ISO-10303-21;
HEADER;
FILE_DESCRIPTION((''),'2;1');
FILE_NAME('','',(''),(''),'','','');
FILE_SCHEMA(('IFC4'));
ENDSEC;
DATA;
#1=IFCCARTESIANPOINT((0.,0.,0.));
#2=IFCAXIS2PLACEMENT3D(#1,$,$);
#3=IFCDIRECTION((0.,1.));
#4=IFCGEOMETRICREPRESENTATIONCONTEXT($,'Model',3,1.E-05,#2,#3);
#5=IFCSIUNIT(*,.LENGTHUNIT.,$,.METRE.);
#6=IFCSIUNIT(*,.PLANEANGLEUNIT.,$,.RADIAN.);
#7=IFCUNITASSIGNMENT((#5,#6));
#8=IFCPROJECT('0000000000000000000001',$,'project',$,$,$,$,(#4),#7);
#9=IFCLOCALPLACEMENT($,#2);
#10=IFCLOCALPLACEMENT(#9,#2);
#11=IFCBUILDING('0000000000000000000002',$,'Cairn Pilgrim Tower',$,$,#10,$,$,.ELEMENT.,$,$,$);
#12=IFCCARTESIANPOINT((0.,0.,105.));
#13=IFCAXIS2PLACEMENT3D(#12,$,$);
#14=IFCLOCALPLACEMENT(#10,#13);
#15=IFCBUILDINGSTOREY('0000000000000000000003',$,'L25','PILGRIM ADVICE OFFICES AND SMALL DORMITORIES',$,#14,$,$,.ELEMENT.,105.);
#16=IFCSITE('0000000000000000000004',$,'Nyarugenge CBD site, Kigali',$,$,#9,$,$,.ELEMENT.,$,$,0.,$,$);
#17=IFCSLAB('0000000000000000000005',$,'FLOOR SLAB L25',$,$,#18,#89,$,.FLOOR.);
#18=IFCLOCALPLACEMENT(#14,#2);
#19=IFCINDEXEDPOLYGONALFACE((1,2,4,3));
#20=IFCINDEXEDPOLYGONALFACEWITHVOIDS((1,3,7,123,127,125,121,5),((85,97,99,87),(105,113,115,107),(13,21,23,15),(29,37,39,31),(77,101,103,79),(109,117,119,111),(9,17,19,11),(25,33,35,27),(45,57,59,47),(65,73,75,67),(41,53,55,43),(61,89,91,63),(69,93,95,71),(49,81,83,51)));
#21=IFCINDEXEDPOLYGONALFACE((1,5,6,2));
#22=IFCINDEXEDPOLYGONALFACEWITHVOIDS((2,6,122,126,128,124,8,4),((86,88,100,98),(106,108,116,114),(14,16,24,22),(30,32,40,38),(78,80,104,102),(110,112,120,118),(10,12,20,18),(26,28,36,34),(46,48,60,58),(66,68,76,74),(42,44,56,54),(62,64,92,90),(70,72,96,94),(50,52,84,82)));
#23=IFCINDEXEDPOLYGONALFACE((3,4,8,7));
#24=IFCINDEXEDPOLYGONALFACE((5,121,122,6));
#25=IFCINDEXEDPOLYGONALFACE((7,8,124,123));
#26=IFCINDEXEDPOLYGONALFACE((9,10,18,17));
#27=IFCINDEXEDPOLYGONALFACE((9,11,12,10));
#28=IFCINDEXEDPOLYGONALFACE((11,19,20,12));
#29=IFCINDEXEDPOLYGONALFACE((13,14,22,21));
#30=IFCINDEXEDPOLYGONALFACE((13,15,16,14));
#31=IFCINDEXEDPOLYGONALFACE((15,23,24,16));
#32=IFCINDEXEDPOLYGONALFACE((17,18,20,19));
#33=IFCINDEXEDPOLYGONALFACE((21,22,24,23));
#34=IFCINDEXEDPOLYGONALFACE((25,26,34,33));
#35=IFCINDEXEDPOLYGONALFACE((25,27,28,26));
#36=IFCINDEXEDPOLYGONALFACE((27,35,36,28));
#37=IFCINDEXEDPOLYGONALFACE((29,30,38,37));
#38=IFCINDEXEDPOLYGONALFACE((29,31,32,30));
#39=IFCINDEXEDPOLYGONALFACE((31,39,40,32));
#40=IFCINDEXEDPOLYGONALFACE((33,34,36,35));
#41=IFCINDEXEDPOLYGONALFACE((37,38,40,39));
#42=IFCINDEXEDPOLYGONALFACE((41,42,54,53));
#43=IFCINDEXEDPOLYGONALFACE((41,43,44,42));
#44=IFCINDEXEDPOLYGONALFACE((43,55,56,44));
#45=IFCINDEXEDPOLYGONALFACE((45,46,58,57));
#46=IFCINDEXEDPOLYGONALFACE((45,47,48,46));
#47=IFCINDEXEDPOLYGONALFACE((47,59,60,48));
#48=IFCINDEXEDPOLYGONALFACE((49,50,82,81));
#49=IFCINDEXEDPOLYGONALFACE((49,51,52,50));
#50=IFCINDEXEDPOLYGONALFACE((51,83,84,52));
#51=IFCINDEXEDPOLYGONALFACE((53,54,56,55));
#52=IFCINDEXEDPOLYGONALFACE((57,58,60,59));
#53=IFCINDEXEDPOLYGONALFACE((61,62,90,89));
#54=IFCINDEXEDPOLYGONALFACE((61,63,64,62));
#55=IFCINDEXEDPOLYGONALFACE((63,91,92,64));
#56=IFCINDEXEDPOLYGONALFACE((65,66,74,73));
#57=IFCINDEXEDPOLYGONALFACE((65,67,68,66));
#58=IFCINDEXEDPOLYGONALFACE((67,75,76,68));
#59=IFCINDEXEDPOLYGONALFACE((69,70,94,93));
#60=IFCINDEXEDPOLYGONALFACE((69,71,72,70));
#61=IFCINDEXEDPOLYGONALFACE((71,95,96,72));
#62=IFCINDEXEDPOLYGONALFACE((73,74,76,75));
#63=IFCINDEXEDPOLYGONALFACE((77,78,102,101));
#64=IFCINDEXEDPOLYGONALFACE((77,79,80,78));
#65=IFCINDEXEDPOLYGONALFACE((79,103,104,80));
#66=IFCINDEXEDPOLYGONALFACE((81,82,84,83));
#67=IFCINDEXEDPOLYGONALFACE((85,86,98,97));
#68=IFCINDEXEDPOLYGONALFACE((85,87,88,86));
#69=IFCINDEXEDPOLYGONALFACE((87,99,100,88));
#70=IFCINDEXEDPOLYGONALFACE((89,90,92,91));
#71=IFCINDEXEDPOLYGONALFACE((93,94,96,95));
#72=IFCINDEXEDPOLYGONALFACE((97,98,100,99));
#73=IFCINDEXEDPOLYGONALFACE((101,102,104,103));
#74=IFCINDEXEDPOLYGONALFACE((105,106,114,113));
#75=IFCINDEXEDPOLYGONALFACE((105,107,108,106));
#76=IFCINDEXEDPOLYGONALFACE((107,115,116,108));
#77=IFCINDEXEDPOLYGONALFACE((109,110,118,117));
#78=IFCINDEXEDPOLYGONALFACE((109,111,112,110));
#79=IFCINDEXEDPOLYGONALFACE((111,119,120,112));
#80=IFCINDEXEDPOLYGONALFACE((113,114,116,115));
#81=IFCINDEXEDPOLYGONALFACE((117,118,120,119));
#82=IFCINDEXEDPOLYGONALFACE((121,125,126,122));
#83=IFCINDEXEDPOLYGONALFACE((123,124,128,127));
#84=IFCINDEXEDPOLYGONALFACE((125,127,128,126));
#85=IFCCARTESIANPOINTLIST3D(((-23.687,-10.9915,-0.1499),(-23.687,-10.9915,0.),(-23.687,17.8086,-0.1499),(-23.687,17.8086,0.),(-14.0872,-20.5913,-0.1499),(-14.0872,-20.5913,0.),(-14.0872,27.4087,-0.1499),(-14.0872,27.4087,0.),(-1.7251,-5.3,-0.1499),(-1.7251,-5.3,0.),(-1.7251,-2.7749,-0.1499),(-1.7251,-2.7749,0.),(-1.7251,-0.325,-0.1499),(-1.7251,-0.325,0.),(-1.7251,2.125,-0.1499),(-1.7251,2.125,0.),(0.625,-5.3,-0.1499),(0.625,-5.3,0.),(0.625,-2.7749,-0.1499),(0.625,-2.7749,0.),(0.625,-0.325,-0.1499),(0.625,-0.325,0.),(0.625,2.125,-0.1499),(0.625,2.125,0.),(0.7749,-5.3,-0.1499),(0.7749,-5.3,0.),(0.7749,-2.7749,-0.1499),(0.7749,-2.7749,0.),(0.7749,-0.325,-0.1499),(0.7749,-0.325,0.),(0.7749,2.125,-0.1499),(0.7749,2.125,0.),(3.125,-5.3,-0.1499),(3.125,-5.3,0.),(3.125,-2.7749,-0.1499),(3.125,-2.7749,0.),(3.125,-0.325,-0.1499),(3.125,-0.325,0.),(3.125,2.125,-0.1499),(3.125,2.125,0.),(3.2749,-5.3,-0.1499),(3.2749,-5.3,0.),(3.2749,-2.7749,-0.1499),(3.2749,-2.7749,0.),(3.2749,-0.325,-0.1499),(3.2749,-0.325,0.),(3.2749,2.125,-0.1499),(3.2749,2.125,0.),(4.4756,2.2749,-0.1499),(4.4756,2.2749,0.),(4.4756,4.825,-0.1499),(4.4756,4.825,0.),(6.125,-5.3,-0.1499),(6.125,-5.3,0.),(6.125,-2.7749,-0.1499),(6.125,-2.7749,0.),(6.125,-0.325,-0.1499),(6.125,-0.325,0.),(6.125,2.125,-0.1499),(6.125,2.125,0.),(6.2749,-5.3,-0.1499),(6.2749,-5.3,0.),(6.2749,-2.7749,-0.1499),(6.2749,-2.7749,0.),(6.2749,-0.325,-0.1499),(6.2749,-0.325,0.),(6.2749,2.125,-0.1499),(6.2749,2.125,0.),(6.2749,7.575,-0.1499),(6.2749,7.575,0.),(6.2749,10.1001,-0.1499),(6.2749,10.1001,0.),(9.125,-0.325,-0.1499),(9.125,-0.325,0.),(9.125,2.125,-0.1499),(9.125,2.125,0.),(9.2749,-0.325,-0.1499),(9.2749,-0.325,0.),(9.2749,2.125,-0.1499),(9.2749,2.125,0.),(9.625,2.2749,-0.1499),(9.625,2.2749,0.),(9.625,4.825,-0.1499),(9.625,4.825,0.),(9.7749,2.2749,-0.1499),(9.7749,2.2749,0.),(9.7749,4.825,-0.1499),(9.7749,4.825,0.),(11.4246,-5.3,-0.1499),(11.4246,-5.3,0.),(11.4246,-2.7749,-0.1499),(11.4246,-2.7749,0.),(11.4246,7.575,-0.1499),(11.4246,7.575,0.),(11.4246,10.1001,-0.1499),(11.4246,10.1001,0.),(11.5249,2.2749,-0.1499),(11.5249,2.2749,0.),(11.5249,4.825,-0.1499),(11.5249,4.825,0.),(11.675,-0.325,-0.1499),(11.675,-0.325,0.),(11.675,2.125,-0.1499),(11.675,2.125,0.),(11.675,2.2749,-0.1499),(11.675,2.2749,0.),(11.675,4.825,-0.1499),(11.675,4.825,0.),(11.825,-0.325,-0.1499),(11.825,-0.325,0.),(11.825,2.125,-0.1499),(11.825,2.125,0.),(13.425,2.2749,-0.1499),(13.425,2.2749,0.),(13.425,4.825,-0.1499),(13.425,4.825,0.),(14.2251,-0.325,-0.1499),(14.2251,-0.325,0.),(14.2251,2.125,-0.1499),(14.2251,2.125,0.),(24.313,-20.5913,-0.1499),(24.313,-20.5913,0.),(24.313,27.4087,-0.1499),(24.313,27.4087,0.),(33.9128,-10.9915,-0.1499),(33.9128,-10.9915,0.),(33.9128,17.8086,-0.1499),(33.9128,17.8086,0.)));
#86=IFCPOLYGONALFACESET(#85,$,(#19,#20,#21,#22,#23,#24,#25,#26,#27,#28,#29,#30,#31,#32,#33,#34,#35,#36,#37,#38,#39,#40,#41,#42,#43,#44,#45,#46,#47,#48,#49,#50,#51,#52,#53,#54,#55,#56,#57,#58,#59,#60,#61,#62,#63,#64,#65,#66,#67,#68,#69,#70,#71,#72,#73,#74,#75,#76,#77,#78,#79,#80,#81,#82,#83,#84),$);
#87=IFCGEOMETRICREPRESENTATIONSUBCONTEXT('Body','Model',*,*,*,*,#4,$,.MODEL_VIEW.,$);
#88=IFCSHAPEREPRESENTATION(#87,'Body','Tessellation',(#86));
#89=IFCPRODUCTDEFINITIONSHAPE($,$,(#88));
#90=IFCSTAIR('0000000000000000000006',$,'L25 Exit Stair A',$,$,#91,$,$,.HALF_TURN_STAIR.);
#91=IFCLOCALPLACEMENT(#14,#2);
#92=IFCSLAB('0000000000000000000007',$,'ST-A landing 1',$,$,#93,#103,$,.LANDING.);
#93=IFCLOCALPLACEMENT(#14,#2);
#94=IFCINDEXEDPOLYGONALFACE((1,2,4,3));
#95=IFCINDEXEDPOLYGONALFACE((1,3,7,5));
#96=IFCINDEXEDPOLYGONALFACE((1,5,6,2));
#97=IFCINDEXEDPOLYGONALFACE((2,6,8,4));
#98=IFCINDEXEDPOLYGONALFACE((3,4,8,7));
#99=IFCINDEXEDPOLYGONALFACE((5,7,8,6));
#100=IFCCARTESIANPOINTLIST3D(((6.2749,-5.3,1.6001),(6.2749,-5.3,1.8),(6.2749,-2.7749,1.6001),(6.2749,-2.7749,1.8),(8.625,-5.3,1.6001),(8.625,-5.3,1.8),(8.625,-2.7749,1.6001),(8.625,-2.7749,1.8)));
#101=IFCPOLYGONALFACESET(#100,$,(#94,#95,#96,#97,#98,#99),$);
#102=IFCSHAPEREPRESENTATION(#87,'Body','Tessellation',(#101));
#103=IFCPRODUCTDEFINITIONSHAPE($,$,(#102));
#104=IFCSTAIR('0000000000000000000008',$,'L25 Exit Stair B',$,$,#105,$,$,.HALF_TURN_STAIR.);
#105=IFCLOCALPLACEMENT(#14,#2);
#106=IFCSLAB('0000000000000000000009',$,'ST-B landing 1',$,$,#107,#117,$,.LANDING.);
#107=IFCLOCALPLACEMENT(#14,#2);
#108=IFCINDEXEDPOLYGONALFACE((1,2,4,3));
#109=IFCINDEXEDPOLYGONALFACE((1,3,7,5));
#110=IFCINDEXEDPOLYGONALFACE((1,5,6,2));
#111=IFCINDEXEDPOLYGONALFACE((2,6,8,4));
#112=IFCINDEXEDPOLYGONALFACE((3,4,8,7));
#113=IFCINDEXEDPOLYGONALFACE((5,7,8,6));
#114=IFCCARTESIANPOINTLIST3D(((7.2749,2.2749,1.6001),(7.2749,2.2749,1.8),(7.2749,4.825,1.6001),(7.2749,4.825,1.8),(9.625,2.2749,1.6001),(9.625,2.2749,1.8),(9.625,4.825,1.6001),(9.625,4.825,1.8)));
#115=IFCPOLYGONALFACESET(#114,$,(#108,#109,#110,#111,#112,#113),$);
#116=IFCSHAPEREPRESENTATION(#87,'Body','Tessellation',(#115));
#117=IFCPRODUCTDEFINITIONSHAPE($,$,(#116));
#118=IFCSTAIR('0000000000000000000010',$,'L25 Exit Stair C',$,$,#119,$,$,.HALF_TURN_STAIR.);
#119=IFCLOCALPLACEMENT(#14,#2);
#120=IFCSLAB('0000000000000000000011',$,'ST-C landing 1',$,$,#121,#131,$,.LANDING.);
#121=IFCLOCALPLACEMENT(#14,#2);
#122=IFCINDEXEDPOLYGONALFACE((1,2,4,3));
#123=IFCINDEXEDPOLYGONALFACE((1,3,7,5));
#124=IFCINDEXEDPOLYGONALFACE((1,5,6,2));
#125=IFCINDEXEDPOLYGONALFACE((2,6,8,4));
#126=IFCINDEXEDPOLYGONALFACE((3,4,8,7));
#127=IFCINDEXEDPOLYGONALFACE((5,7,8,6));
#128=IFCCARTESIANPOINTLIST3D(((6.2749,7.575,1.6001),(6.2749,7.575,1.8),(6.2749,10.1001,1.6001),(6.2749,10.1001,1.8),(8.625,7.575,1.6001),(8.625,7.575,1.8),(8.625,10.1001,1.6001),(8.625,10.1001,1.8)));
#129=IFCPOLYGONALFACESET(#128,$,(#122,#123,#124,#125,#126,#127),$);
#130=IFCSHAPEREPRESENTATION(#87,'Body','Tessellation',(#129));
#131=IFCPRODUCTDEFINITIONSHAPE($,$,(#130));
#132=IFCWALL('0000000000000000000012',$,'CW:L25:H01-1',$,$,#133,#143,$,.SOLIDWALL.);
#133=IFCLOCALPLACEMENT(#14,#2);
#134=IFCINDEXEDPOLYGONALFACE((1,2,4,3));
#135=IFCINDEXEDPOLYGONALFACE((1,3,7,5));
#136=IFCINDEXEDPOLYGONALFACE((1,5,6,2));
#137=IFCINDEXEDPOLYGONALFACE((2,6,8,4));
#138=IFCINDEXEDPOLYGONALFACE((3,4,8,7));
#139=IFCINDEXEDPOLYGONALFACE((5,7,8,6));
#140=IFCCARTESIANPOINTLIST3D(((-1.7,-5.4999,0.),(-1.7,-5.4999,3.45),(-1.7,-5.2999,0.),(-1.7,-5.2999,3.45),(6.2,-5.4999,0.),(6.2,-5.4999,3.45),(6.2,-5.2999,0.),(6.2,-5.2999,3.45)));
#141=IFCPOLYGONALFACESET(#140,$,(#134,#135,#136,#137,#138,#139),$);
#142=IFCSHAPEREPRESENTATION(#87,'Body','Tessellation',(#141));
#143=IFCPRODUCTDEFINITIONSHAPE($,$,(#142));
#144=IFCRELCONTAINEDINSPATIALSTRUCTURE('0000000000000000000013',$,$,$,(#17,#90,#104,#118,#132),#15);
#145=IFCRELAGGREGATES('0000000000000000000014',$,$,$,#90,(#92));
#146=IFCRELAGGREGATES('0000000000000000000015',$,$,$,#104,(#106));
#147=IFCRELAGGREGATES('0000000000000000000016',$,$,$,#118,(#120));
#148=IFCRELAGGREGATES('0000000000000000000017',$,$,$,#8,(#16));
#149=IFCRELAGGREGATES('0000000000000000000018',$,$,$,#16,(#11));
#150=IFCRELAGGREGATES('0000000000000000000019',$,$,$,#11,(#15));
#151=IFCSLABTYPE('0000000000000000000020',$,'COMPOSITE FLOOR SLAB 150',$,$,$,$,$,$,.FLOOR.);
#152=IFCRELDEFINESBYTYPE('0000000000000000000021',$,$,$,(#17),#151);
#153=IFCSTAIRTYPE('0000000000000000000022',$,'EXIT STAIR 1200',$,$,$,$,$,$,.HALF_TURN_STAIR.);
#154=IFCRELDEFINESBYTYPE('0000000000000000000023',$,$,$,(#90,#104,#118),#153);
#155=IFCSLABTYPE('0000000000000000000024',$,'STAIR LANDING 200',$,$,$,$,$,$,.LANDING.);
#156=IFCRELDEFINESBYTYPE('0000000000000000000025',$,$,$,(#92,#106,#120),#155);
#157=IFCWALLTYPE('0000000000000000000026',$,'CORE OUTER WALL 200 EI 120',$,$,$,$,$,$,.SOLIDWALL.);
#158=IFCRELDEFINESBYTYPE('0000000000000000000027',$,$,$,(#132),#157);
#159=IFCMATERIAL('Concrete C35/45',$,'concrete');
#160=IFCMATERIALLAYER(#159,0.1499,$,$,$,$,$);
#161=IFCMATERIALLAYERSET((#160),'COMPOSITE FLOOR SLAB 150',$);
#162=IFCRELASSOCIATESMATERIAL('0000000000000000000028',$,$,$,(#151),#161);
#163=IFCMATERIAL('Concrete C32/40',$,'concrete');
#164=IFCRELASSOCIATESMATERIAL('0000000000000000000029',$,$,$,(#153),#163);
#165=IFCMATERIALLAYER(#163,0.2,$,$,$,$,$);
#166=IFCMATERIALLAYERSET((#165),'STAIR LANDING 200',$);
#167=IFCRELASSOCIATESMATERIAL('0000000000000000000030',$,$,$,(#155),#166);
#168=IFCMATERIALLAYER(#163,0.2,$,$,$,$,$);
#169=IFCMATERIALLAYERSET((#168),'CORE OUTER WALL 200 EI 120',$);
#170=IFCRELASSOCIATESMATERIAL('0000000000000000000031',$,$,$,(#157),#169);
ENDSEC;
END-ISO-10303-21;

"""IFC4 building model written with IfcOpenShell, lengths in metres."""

from ifc_helpers import new_model, si_unit, direction, frame, frame_2d, origin, place, context, subcontext, project, spatial, polyline, rectangle, outline, extrude, material, layer, layer_set, type_object, element, aggregate, save


model = new_model("IFC4")

# Units and contexts
model_context = context("Model", 3, precision=1e-05, world=origin(), true_north=direction((0.0, 1.0)))
body_context = subcontext(model_context, "Body", "Model", "MODEL_VIEW")
ifc_project = project(units=[si_unit("LENGTHUNIT", "METRE"), si_unit("PLANEANGLEUNIT", "RADIAN")], contexts=[model_context])

# Site, building, storey
site_placement = place(None, origin())
site = spatial("IfcSite", under=ifc_project, at=site_placement, Name="Nyarugenge CBD site, Kigali", CompositionType="ELEMENT", RefElevation=0.0)
building_placement = place(site_placement, origin())
building = spatial("IfcBuilding", under=site, at=building_placement, Name="Cairn Pilgrim Tower", CompositionType="ELEMENT")
storey_placement = place(building_placement, frame((0.0, 0.0, 105.0)))
storey = spatial("IfcBuildingStorey", under=building, at=storey_placement, Name="L25", Description="PILGRIM ADVICE OFFICES AND SMALL DORMITORIES", CompositionType="ELEMENT", Elevation=105.0)

# Slab
ifc_material_1 = material(Name="Concrete C35/45", Category="concrete")
ifc_layer_1 = layer(ifc_material_1, 0.1499)
ifc_layer_set_1 = layer_set([ifc_layer_1], Name="COMPOSITE FLOOR SLAB 150")
slab_type_1 = type_object("IfcSlabType", Name="COMPOSITE FLOOR SLAB 150", PredefinedType="FLOOR", material=ifc_layer_set_1)
slab_1_placement = place(storey_placement, frame((0.0, 0.0, -0.1499)))
element("IfcSlab", 1, at=slab_1_placement, inside=storey, type_object=slab_type_1, Name="FLOOR SLAB L25", PredefinedType="FLOOR", context=body_context, shape_type="SweptSolid", body=[
    extrude(outline(polyline([(-14.0872, -20.5913), (24.313, -20.5913), (33.9128, -10.9915), (33.9128, 17.8086), (24.313, 27.4087), (-14.0872, 27.4087), (-23.687, 17.8086), (-23.687, -10.9915), (-14.0872, -20.5913)]), holes=[polyline([(-1.7251, -5.3), (0.625, -5.3), (0.625, -2.7749), (-1.7251, -2.7749), (-1.7251, -5.3)]), polyline([(0.7749, -5.3), (3.125, -5.3), (3.125, -2.7749), (0.7749, -2.7749), (0.7749, -5.3)]), polyline([(-1.7251, -0.325), (0.625, -0.325), (0.625, 2.125), (-1.7251, 2.125), (-1.7251, -0.325)]), polyline([(0.7749, -0.325), (3.125, -0.325), (3.125, 2.125), (0.7749, 2.125), (0.7749, -0.325)]), polyline([(3.2749, -5.3), (6.125, -5.3), (6.125, -2.7749), (3.2749, -2.7749), (3.2749, -5.3)]), polyline([(3.2749, -0.325), (6.125, -0.325), (6.125, 2.125), (3.2749, 2.125), (3.2749, -0.325)]), polyline([(6.2749, -0.325), (9.125, -0.325), (9.125, 2.125), (6.2749, 2.125), (6.2749, -0.325)]), polyline([(9.2749, -0.325), (11.675, -0.325), (11.675, 2.125), (9.2749, 2.125), (9.2749, -0.325)]), polyline([(11.825, -0.325), (14.2251, -0.325), (14.2251, 2.125), (11.825, 2.125), (11.825, -0.325)]), polyline([(9.7749, 2.2749), (11.5249, 2.2749), (11.5249, 4.825), (9.7749, 4.825), (9.7749, 2.2749)]), polyline([(11.675, 2.2749), (13.425, 2.2749), (13.425, 4.825), (11.675, 4.825), (11.675, 2.2749)]), polyline([(11.4246, -2.7749), (6.2749, -2.7749), (6.2749, -5.3), (11.4246, -5.3), (11.4246, -2.7749)]), polyline([(4.4756, 2.2749), (9.625, 2.2749), (9.625, 4.825), (4.4756, 4.825), (4.4756, 2.2749)]), polyline([(11.4246, 10.1001), (6.2749, 10.1001), (6.2749, 7.575), (11.4246, 7.575), (11.4246, 10.1001)])]), origin(), (0.0, 0.0, 1.0), 0.1499),
])

# Stairs, slabs
ifc_material_2 = material(Name="Concrete C32/40", Category="concrete")
stair_type = type_object("IfcStairType", Name="EXIT STAIR 1200", PredefinedType="HALF_TURN_STAIR", material=ifc_material_2)
stair_1_placement = place(storey_placement, origin())
stair_1 = element("IfcStair", 2, at=stair_1_placement, inside=storey, type_object=stair_type, Name="L25 Exit Stair A", PredefinedType="HALF_TURN_STAIR")
ifc_layer_2 = layer(ifc_material_2, 0.2)
ifc_layer_set_2 = layer_set([ifc_layer_2], Name="STAIR LANDING 200")
slab_type_2 = type_object("IfcSlabType", Name="STAIR LANDING 200", PredefinedType="LANDING", material=ifc_layer_set_2)
slab_2_placement = place(storey_placement, frame((0.0, 0.0, 1.6001)))
slab_2 = element("IfcSlab", 3, at=slab_2_placement, type_object=slab_type_2, Name="ST-A landing 1", PredefinedType="LANDING", context=body_context, shape_type="SweptSolid", body=[
    extrude(outline(polyline([(8.625, -2.7749), (6.2749, -2.7749), (6.2749, -5.3), (8.625, -5.3), (8.625, -2.7749)])), origin(), (0.0, 0.0, 1.0), 0.2),
])
aggregate(stair_1, [slab_2])
stair_2_placement = place(storey_placement, origin())
stair_2 = element("IfcStair", 4, at=stair_2_placement, inside=storey, type_object=stair_type, Name="L25 Exit Stair B", PredefinedType="HALF_TURN_STAIR")
slab_3_placement = place(storey_placement, frame((0.0, 0.0, 1.6001)))
slab_3 = element("IfcSlab", 5, at=slab_3_placement, type_object=slab_type_2, Name="ST-B landing 1", PredefinedType="LANDING", context=body_context, shape_type="SweptSolid", body=[
    extrude(outline(polyline([(7.2749, 2.2749), (9.625, 2.2749), (9.625, 4.825), (7.2749, 4.825), (7.2749, 2.2749)])), origin(), (0.0, 0.0, 1.0), 0.2),
])
aggregate(stair_2, [slab_3])
stair_3_placement = place(storey_placement, origin())
stair_3 = element("IfcStair", 6, at=stair_3_placement, inside=storey, type_object=stair_type, Name="L25 Exit Stair C", PredefinedType="HALF_TURN_STAIR")
slab_4_placement = place(storey_placement, frame((0.0, 0.0, 1.6001)))
slab_4 = element("IfcSlab", 7, at=slab_4_placement, type_object=slab_type_2, Name="ST-C landing 1", PredefinedType="LANDING", context=body_context, shape_type="SweptSolid", body=[
    extrude(outline(polyline([(8.625, 10.1001), (6.2749, 10.1001), (6.2749, 7.575), (8.625, 7.575), (8.625, 10.1001)])), origin(), (0.0, 0.0, 1.0), 0.2),
])
aggregate(stair_3, [slab_4])

# Wall
ifc_layer_3 = layer(ifc_material_2, 0.2)
ifc_layer_set_3 = layer_set([ifc_layer_3], Name="CORE OUTER WALL 200 EI 120")
wall_type_1 = type_object("IfcWallType", Name="CORE OUTER WALL 200 EI 120", PredefinedType="SOLIDWALL", material=ifc_layer_set_3)
wall_1_placement = place(storey_placement, frame((-1.7, -5.3999, 0.0), z_axis=(0.0, 0.0, 1.0), x_axis=(1.0, 0.0, 0.0)))
element("IfcWall", 8, at=wall_1_placement, inside=storey, type_object=wall_type_1, Name="CW:L25:H01-1", PredefinedType="SOLIDWALL", context=body_context, shape_type="SweptSolid", body=[
    extrude(rectangle(XDim=7.8999, YDim=0.2, at=frame_2d((3.95, 0.0))), origin(), (0.0, 0.0, 1.0), 3.45),
])

save(model, "model.ifc")
